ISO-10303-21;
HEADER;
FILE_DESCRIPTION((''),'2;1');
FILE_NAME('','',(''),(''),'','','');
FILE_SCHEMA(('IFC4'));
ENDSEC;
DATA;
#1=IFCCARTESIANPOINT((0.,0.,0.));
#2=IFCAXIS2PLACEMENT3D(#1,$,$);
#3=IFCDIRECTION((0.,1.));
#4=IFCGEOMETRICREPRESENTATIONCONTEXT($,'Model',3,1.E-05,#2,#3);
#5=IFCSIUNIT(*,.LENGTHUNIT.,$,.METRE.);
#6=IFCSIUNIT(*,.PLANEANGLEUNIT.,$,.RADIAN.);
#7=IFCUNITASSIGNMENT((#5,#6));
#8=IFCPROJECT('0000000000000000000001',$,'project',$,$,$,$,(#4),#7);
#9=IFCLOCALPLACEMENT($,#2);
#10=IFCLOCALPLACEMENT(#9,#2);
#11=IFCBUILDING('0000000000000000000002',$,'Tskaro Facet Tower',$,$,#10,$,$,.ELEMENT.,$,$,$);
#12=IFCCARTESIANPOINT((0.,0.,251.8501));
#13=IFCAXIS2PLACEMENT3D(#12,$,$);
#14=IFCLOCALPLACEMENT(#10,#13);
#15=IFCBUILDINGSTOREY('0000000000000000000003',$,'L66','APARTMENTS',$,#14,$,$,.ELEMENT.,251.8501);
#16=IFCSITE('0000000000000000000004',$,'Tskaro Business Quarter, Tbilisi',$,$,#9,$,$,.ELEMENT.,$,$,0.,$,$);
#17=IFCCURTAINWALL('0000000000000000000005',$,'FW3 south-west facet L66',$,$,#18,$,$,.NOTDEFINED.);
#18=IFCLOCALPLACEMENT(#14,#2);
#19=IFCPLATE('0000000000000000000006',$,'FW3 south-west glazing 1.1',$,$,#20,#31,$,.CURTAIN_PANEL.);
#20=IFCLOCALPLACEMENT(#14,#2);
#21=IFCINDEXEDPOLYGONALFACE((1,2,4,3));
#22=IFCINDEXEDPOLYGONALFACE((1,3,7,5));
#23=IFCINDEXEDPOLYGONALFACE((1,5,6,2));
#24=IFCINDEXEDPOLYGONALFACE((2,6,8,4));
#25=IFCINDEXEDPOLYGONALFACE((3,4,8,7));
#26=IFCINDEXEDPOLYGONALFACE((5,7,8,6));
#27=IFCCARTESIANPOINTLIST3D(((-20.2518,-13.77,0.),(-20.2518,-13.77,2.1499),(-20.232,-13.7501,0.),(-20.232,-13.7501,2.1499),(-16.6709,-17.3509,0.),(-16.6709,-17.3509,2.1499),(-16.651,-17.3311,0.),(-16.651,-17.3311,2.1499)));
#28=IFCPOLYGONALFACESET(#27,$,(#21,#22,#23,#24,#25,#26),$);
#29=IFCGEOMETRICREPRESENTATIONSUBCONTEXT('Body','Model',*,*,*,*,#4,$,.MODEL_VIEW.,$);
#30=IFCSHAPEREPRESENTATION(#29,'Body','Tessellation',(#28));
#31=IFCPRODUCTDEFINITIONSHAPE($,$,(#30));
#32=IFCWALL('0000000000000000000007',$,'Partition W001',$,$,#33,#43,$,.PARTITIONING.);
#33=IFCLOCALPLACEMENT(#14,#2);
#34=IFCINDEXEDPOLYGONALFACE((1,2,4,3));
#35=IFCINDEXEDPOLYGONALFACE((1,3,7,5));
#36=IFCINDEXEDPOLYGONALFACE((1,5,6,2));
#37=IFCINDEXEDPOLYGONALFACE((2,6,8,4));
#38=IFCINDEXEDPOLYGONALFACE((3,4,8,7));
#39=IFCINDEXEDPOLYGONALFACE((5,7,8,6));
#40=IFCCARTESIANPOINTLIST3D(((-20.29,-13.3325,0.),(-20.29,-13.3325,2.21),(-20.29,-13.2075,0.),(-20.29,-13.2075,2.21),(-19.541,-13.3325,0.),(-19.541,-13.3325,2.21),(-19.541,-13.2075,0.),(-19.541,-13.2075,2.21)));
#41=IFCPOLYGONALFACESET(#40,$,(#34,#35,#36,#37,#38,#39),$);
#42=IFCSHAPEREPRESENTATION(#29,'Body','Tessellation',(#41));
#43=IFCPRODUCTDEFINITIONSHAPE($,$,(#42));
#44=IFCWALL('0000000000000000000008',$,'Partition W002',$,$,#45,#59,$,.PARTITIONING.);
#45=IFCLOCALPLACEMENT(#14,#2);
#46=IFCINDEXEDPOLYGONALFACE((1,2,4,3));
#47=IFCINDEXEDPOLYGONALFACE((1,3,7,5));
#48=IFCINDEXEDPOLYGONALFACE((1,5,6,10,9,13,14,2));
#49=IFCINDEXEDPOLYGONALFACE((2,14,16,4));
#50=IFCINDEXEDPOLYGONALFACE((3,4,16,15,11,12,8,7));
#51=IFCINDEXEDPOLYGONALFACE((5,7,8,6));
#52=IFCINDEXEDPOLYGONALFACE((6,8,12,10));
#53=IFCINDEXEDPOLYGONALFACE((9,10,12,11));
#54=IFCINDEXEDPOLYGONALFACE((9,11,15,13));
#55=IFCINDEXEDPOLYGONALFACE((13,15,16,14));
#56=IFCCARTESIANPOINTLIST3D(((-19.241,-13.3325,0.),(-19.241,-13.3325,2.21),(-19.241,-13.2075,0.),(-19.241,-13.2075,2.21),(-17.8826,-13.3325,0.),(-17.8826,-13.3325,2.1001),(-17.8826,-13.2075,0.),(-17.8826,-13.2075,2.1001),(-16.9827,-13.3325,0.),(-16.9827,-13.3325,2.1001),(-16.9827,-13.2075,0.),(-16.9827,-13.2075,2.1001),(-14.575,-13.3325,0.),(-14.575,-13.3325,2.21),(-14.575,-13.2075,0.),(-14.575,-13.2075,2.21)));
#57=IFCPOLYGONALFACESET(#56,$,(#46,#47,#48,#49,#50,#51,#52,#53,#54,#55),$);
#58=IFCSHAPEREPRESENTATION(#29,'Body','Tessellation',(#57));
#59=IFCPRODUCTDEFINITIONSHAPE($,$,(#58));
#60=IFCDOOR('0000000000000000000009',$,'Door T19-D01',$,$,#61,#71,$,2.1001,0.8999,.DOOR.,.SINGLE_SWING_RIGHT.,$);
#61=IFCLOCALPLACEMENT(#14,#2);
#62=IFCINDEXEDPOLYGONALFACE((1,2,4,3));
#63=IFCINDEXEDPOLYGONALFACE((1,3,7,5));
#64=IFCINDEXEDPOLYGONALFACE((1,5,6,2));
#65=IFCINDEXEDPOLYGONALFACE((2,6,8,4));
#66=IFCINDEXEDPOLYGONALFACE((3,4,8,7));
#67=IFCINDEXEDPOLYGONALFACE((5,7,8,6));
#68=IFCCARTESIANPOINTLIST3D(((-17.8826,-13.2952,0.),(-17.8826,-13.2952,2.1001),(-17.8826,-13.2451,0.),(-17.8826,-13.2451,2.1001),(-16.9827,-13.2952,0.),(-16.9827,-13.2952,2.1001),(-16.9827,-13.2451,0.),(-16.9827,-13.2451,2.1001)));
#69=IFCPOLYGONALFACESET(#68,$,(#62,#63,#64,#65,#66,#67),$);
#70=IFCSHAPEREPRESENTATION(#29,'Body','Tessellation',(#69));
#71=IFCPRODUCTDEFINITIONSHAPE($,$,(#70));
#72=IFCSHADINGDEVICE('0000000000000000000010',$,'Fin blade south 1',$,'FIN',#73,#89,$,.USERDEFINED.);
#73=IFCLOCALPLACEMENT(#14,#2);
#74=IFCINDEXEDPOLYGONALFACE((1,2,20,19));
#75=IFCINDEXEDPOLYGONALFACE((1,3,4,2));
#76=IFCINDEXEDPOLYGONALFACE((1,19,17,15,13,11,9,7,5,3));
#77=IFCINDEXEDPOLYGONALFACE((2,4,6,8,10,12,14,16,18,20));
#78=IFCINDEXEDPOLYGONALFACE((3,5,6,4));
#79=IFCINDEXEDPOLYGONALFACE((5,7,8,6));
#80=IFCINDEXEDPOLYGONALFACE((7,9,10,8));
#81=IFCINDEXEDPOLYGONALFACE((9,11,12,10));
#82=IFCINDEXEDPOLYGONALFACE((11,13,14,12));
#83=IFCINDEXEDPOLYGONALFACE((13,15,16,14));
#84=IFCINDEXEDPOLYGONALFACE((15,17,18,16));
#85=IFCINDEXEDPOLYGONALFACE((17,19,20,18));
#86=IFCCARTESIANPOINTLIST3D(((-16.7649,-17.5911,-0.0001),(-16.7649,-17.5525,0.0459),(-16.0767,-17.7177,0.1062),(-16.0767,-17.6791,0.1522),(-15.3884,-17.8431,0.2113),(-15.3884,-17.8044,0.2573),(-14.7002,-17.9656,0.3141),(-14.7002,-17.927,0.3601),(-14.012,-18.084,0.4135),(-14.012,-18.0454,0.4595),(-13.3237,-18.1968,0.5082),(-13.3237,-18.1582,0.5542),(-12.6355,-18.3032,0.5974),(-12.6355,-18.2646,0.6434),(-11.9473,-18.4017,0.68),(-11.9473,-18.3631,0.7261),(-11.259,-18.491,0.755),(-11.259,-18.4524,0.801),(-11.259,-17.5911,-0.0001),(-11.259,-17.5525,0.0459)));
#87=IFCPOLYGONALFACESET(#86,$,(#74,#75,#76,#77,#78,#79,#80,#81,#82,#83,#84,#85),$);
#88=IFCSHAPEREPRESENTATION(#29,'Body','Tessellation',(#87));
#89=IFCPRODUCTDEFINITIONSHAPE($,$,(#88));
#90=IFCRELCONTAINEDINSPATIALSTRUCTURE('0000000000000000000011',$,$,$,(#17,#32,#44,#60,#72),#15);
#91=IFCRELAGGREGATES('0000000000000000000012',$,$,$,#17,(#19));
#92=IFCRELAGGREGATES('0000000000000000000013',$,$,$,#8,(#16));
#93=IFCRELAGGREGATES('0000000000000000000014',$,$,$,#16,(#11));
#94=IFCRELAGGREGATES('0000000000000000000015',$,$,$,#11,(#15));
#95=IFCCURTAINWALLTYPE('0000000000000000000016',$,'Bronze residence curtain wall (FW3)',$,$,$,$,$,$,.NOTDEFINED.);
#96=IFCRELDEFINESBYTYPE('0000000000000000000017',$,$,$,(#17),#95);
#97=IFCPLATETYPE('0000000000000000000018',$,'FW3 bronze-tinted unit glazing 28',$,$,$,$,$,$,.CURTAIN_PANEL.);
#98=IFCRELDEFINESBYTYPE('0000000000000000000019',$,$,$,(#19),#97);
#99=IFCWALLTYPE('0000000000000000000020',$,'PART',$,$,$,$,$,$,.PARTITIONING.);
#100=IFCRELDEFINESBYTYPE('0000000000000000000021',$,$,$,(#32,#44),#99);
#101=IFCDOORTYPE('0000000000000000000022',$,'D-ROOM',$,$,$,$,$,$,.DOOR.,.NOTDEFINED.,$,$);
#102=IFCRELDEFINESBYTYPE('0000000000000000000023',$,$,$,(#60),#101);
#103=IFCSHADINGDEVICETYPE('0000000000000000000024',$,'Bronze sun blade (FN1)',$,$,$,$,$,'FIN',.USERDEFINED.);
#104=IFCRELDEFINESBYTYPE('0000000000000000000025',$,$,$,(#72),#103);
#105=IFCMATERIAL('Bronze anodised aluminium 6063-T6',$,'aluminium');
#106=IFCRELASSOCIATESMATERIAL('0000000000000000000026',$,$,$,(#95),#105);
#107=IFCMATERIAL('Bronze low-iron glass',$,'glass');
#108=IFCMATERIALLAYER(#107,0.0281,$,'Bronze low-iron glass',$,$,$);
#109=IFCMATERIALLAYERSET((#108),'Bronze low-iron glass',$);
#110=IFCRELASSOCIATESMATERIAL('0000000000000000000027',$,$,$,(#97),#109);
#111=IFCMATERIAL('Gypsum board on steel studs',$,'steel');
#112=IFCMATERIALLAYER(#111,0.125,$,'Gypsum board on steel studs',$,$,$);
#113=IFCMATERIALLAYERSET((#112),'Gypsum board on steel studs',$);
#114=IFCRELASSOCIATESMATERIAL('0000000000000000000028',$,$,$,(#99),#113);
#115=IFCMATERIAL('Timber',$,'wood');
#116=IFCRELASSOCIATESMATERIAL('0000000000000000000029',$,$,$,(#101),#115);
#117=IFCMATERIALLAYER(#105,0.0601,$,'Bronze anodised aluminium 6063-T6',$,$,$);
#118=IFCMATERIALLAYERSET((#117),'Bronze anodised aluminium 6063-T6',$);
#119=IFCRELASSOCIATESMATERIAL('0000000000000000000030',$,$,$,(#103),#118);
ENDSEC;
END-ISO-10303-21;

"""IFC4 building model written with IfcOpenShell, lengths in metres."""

from ifc_helpers import new_model, si_unit, direction, frame, frame_2d, origin, origin_2d, place, context, subcontext, project, spatial, polyline, rectangle, outline, extrude, material, layer, layer_set, type_object, element, fill, aggregate, save


model = new_model("IFC4")

# Units and contexts
model_context = context("Model", 3, precision=1e-05, world=origin(), true_north=direction((0.0, 1.0)))
body_context = subcontext(model_context, "Body", "Model", "MODEL_VIEW")
ifc_project = project(units=[si_unit("LENGTHUNIT", "METRE"), si_unit("PLANEANGLEUNIT", "RADIAN")], contexts=[model_context])

# Site, building, storey
site_placement = place(None, origin())
site = spatial("IfcSite", under=ifc_project, at=site_placement, Name="Tskaro Business Quarter, Tbilisi", CompositionType="ELEMENT", RefElevation=0.0)
building_placement = place(site_placement, origin())
building = spatial("IfcBuilding", under=site, at=building_placement, Name="Tskaro Facet Tower", CompositionType="ELEMENT")
storey_placement = place(building_placement, frame((0.0, 0.0, 251.8501)))
storey = spatial("IfcBuildingStorey", under=building, at=storey_placement, Name="L66", Description="APARTMENTS", CompositionType="ELEMENT", Elevation=251.8501)

# Curtain wall
ifc_material_1 = material(Name="Bronze anodised aluminium 6063-T6", Category="aluminium")
curtain_wall_type = type_object("IfcCurtainWallType", Name="Bronze residence curtain wall (FW3)", PredefinedType="NOTDEFINED", material=ifc_material_1)
curtain_wall_1_placement = place(storey_placement, origin())
curtain_wall_1 = element("IfcCurtainWall", 1, at=curtain_wall_1_placement, inside=storey, type_object=curtain_wall_type, Name="FW3 south-west facet L66", PredefinedType="NOTDEFINED")

# Plate
ifc_material_2 = material(Name="Bronze low-iron glass", Category="glass")
ifc_layer_1 = layer(ifc_material_2, 0.0281, Name="Bronze low-iron glass")
ifc_layer_set_1 = layer_set([ifc_layer_1], Name="Bronze low-iron glass")
plate_type = type_object("IfcPlateType", Name="FW3 bronze-tinted unit glazing 28", PredefinedType="CURTAIN_PANEL", material=ifc_layer_set_1)
plate_1_placement = place(storey_placement, frame((-18.4514, -15.5505, 0.0), z_axis=(0.0, 0.0, 1.0), x_axis=(0.707107, -0.707107, 0.0)))
plate_1 = element("IfcPlate", 2, at=plate_1_placement, type_object=plate_type, Name="FW3 south-west glazing 1.1", PredefinedType="CURTAIN_PANEL", context=body_context, shape_type="SweptSolid", body=[
    extrude(rectangle(XDim=5.0642, YDim=0.0281, at=origin_2d()), origin(), (0.0, 0.0, 1.0), 2.1499),
])
aggregate(curtain_wall_1, [plate_1])

# Wall
ifc_material_3 = material(Name="Gypsum board on steel studs", Category="steel")
ifc_layer_2 = layer(ifc_material_3, 0.125, Name="Gypsum board on steel studs")
ifc_layer_set_2 = layer_set([ifc_layer_2], Name="Gypsum board on steel studs")
wall_type = type_object("IfcWallType", Name="PART", PredefinedType="PARTITIONING", material=ifc_layer_set_2)
wall_1_placement = place(storey_placement, frame((-20.29, -13.27, 0.0), z_axis=(0.0, 0.0, 1.0), x_axis=(1.0, 0.0, 0.0)))
element("IfcWall", 3, at=wall_1_placement, inside=storey, type_object=wall_type, Name="Partition W001", PredefinedType="PARTITIONING", context=body_context, shape_type="SweptSolid", body=[
    extrude(rectangle(XDim=0.749, YDim=0.125, at=frame_2d((0.3745, 0.0))), origin(), (0.0, 0.0, 1.0), 2.21),
])

# Wall, opening, door
wall_2_placement = place(storey_placement, frame((-19.241, -13.27, 0.0), z_axis=(0.0, 0.0, 1.0), x_axis=(1.0, 0.0, 0.0)))
wall_2 = element("IfcWall", 4, at=wall_2_placement, inside=storey, type_object=wall_type, Name="Partition W002", PredefinedType="PARTITIONING", context=body_context, shape_type="SweptSolid", body=[
    extrude(rectangle(XDim=4.666, YDim=0.125, at=frame_2d((2.333, 0.0))), origin(), (0.0, 0.0, 1.0), 2.21),
])
opening_placement = place(wall_2_placement, frame((1.3584, 0.0, 0.0)))
opening = element("IfcOpeningElement", 5, at=opening_placement, cuts=wall_2, PredefinedType="OPENING", context=body_context, shape_type="SweptSolid", body=[
    extrude(rectangle(XDim=0.8999, YDim=2.1001, at=frame_2d((0.45, 1.05))), frame((0.0, 0.0725, 0.0), z_axis=(0.0, -1.0, 0.0), x_axis=(1.0, 0.0, 0.0)), (0.0, 0.0, 1.0), 0.145),
])
ifc_material_4 = material(Name="Timber", Category="wood")
door_type = type_object("IfcDoorType", Name="D-ROOM", OperationType="NOTDEFINED", PredefinedType="DOOR", material=ifc_material_4)
door_placement = place(opening_placement, origin())
door = element("IfcDoor", 6, at=door_placement, inside=storey, type_object=door_type, Name="Door T19-D01", OperationType="SINGLE_SWING_RIGHT", OverallHeight=2.1001, OverallWidth=0.8999, PredefinedType="DOOR", context=body_context, shape_type="SweptSolid", body=[
    extrude(rectangle(XDim=0.8999, YDim=2.1001, at=frame_2d((0.45, 1.05))), frame((0.0, 0.0249, 0.0), z_axis=(0.0, -1.0, 0.0), x_axis=(1.0, 0.0, 0.0)), (0.0, 0.0, 1.0), 0.05),
])
fill(opening, door)

# Shading device
ifc_layer_3 = layer(ifc_material_1, 0.0601, Name="Bronze anodised aluminium 6063-T6")
ifc_layer_set_3 = layer_set([ifc_layer_3], Name="Bronze anodised aluminium 6063-T6")
shading_device_type = type_object("IfcShadingDeviceType", Name="Bronze sun blade (FN1)", ElementType="FIN", PredefinedType="USERDEFINED", material=ifc_layer_set_3)
shading_device_placement = place(storey_placement, frame((-16.7649, -17.5525, 0.0459), z_axis=(-0.000011, 0.642759, 0.766068), x_axis=(1.0, 0.000007, 0.000008)))
element("IfcShadingDevice", 7, at=shading_device_placement, inside=storey, type_object=shading_device_type, Name="Fin blade south 1", ObjectType="FIN", PredefinedType="USERDEFINED", context=body_context, shape_type="SweptSolid", body=[
    extrude(outline(polyline([(0.0, 0.0), (5.5059, 0.0), (5.5059, -1.1748), (4.8176, -1.0581), (4.1294, -0.9296), (3.4412, -0.7907), (2.7529, -0.6434), (2.0647, -0.4889), (1.3765, -0.3289), (0.6882, -0.1653), (0.0, 0.0)])), origin(), (0.0, 0.0, -1.0), 0.0601),
])

save(model, "model.ifc")
